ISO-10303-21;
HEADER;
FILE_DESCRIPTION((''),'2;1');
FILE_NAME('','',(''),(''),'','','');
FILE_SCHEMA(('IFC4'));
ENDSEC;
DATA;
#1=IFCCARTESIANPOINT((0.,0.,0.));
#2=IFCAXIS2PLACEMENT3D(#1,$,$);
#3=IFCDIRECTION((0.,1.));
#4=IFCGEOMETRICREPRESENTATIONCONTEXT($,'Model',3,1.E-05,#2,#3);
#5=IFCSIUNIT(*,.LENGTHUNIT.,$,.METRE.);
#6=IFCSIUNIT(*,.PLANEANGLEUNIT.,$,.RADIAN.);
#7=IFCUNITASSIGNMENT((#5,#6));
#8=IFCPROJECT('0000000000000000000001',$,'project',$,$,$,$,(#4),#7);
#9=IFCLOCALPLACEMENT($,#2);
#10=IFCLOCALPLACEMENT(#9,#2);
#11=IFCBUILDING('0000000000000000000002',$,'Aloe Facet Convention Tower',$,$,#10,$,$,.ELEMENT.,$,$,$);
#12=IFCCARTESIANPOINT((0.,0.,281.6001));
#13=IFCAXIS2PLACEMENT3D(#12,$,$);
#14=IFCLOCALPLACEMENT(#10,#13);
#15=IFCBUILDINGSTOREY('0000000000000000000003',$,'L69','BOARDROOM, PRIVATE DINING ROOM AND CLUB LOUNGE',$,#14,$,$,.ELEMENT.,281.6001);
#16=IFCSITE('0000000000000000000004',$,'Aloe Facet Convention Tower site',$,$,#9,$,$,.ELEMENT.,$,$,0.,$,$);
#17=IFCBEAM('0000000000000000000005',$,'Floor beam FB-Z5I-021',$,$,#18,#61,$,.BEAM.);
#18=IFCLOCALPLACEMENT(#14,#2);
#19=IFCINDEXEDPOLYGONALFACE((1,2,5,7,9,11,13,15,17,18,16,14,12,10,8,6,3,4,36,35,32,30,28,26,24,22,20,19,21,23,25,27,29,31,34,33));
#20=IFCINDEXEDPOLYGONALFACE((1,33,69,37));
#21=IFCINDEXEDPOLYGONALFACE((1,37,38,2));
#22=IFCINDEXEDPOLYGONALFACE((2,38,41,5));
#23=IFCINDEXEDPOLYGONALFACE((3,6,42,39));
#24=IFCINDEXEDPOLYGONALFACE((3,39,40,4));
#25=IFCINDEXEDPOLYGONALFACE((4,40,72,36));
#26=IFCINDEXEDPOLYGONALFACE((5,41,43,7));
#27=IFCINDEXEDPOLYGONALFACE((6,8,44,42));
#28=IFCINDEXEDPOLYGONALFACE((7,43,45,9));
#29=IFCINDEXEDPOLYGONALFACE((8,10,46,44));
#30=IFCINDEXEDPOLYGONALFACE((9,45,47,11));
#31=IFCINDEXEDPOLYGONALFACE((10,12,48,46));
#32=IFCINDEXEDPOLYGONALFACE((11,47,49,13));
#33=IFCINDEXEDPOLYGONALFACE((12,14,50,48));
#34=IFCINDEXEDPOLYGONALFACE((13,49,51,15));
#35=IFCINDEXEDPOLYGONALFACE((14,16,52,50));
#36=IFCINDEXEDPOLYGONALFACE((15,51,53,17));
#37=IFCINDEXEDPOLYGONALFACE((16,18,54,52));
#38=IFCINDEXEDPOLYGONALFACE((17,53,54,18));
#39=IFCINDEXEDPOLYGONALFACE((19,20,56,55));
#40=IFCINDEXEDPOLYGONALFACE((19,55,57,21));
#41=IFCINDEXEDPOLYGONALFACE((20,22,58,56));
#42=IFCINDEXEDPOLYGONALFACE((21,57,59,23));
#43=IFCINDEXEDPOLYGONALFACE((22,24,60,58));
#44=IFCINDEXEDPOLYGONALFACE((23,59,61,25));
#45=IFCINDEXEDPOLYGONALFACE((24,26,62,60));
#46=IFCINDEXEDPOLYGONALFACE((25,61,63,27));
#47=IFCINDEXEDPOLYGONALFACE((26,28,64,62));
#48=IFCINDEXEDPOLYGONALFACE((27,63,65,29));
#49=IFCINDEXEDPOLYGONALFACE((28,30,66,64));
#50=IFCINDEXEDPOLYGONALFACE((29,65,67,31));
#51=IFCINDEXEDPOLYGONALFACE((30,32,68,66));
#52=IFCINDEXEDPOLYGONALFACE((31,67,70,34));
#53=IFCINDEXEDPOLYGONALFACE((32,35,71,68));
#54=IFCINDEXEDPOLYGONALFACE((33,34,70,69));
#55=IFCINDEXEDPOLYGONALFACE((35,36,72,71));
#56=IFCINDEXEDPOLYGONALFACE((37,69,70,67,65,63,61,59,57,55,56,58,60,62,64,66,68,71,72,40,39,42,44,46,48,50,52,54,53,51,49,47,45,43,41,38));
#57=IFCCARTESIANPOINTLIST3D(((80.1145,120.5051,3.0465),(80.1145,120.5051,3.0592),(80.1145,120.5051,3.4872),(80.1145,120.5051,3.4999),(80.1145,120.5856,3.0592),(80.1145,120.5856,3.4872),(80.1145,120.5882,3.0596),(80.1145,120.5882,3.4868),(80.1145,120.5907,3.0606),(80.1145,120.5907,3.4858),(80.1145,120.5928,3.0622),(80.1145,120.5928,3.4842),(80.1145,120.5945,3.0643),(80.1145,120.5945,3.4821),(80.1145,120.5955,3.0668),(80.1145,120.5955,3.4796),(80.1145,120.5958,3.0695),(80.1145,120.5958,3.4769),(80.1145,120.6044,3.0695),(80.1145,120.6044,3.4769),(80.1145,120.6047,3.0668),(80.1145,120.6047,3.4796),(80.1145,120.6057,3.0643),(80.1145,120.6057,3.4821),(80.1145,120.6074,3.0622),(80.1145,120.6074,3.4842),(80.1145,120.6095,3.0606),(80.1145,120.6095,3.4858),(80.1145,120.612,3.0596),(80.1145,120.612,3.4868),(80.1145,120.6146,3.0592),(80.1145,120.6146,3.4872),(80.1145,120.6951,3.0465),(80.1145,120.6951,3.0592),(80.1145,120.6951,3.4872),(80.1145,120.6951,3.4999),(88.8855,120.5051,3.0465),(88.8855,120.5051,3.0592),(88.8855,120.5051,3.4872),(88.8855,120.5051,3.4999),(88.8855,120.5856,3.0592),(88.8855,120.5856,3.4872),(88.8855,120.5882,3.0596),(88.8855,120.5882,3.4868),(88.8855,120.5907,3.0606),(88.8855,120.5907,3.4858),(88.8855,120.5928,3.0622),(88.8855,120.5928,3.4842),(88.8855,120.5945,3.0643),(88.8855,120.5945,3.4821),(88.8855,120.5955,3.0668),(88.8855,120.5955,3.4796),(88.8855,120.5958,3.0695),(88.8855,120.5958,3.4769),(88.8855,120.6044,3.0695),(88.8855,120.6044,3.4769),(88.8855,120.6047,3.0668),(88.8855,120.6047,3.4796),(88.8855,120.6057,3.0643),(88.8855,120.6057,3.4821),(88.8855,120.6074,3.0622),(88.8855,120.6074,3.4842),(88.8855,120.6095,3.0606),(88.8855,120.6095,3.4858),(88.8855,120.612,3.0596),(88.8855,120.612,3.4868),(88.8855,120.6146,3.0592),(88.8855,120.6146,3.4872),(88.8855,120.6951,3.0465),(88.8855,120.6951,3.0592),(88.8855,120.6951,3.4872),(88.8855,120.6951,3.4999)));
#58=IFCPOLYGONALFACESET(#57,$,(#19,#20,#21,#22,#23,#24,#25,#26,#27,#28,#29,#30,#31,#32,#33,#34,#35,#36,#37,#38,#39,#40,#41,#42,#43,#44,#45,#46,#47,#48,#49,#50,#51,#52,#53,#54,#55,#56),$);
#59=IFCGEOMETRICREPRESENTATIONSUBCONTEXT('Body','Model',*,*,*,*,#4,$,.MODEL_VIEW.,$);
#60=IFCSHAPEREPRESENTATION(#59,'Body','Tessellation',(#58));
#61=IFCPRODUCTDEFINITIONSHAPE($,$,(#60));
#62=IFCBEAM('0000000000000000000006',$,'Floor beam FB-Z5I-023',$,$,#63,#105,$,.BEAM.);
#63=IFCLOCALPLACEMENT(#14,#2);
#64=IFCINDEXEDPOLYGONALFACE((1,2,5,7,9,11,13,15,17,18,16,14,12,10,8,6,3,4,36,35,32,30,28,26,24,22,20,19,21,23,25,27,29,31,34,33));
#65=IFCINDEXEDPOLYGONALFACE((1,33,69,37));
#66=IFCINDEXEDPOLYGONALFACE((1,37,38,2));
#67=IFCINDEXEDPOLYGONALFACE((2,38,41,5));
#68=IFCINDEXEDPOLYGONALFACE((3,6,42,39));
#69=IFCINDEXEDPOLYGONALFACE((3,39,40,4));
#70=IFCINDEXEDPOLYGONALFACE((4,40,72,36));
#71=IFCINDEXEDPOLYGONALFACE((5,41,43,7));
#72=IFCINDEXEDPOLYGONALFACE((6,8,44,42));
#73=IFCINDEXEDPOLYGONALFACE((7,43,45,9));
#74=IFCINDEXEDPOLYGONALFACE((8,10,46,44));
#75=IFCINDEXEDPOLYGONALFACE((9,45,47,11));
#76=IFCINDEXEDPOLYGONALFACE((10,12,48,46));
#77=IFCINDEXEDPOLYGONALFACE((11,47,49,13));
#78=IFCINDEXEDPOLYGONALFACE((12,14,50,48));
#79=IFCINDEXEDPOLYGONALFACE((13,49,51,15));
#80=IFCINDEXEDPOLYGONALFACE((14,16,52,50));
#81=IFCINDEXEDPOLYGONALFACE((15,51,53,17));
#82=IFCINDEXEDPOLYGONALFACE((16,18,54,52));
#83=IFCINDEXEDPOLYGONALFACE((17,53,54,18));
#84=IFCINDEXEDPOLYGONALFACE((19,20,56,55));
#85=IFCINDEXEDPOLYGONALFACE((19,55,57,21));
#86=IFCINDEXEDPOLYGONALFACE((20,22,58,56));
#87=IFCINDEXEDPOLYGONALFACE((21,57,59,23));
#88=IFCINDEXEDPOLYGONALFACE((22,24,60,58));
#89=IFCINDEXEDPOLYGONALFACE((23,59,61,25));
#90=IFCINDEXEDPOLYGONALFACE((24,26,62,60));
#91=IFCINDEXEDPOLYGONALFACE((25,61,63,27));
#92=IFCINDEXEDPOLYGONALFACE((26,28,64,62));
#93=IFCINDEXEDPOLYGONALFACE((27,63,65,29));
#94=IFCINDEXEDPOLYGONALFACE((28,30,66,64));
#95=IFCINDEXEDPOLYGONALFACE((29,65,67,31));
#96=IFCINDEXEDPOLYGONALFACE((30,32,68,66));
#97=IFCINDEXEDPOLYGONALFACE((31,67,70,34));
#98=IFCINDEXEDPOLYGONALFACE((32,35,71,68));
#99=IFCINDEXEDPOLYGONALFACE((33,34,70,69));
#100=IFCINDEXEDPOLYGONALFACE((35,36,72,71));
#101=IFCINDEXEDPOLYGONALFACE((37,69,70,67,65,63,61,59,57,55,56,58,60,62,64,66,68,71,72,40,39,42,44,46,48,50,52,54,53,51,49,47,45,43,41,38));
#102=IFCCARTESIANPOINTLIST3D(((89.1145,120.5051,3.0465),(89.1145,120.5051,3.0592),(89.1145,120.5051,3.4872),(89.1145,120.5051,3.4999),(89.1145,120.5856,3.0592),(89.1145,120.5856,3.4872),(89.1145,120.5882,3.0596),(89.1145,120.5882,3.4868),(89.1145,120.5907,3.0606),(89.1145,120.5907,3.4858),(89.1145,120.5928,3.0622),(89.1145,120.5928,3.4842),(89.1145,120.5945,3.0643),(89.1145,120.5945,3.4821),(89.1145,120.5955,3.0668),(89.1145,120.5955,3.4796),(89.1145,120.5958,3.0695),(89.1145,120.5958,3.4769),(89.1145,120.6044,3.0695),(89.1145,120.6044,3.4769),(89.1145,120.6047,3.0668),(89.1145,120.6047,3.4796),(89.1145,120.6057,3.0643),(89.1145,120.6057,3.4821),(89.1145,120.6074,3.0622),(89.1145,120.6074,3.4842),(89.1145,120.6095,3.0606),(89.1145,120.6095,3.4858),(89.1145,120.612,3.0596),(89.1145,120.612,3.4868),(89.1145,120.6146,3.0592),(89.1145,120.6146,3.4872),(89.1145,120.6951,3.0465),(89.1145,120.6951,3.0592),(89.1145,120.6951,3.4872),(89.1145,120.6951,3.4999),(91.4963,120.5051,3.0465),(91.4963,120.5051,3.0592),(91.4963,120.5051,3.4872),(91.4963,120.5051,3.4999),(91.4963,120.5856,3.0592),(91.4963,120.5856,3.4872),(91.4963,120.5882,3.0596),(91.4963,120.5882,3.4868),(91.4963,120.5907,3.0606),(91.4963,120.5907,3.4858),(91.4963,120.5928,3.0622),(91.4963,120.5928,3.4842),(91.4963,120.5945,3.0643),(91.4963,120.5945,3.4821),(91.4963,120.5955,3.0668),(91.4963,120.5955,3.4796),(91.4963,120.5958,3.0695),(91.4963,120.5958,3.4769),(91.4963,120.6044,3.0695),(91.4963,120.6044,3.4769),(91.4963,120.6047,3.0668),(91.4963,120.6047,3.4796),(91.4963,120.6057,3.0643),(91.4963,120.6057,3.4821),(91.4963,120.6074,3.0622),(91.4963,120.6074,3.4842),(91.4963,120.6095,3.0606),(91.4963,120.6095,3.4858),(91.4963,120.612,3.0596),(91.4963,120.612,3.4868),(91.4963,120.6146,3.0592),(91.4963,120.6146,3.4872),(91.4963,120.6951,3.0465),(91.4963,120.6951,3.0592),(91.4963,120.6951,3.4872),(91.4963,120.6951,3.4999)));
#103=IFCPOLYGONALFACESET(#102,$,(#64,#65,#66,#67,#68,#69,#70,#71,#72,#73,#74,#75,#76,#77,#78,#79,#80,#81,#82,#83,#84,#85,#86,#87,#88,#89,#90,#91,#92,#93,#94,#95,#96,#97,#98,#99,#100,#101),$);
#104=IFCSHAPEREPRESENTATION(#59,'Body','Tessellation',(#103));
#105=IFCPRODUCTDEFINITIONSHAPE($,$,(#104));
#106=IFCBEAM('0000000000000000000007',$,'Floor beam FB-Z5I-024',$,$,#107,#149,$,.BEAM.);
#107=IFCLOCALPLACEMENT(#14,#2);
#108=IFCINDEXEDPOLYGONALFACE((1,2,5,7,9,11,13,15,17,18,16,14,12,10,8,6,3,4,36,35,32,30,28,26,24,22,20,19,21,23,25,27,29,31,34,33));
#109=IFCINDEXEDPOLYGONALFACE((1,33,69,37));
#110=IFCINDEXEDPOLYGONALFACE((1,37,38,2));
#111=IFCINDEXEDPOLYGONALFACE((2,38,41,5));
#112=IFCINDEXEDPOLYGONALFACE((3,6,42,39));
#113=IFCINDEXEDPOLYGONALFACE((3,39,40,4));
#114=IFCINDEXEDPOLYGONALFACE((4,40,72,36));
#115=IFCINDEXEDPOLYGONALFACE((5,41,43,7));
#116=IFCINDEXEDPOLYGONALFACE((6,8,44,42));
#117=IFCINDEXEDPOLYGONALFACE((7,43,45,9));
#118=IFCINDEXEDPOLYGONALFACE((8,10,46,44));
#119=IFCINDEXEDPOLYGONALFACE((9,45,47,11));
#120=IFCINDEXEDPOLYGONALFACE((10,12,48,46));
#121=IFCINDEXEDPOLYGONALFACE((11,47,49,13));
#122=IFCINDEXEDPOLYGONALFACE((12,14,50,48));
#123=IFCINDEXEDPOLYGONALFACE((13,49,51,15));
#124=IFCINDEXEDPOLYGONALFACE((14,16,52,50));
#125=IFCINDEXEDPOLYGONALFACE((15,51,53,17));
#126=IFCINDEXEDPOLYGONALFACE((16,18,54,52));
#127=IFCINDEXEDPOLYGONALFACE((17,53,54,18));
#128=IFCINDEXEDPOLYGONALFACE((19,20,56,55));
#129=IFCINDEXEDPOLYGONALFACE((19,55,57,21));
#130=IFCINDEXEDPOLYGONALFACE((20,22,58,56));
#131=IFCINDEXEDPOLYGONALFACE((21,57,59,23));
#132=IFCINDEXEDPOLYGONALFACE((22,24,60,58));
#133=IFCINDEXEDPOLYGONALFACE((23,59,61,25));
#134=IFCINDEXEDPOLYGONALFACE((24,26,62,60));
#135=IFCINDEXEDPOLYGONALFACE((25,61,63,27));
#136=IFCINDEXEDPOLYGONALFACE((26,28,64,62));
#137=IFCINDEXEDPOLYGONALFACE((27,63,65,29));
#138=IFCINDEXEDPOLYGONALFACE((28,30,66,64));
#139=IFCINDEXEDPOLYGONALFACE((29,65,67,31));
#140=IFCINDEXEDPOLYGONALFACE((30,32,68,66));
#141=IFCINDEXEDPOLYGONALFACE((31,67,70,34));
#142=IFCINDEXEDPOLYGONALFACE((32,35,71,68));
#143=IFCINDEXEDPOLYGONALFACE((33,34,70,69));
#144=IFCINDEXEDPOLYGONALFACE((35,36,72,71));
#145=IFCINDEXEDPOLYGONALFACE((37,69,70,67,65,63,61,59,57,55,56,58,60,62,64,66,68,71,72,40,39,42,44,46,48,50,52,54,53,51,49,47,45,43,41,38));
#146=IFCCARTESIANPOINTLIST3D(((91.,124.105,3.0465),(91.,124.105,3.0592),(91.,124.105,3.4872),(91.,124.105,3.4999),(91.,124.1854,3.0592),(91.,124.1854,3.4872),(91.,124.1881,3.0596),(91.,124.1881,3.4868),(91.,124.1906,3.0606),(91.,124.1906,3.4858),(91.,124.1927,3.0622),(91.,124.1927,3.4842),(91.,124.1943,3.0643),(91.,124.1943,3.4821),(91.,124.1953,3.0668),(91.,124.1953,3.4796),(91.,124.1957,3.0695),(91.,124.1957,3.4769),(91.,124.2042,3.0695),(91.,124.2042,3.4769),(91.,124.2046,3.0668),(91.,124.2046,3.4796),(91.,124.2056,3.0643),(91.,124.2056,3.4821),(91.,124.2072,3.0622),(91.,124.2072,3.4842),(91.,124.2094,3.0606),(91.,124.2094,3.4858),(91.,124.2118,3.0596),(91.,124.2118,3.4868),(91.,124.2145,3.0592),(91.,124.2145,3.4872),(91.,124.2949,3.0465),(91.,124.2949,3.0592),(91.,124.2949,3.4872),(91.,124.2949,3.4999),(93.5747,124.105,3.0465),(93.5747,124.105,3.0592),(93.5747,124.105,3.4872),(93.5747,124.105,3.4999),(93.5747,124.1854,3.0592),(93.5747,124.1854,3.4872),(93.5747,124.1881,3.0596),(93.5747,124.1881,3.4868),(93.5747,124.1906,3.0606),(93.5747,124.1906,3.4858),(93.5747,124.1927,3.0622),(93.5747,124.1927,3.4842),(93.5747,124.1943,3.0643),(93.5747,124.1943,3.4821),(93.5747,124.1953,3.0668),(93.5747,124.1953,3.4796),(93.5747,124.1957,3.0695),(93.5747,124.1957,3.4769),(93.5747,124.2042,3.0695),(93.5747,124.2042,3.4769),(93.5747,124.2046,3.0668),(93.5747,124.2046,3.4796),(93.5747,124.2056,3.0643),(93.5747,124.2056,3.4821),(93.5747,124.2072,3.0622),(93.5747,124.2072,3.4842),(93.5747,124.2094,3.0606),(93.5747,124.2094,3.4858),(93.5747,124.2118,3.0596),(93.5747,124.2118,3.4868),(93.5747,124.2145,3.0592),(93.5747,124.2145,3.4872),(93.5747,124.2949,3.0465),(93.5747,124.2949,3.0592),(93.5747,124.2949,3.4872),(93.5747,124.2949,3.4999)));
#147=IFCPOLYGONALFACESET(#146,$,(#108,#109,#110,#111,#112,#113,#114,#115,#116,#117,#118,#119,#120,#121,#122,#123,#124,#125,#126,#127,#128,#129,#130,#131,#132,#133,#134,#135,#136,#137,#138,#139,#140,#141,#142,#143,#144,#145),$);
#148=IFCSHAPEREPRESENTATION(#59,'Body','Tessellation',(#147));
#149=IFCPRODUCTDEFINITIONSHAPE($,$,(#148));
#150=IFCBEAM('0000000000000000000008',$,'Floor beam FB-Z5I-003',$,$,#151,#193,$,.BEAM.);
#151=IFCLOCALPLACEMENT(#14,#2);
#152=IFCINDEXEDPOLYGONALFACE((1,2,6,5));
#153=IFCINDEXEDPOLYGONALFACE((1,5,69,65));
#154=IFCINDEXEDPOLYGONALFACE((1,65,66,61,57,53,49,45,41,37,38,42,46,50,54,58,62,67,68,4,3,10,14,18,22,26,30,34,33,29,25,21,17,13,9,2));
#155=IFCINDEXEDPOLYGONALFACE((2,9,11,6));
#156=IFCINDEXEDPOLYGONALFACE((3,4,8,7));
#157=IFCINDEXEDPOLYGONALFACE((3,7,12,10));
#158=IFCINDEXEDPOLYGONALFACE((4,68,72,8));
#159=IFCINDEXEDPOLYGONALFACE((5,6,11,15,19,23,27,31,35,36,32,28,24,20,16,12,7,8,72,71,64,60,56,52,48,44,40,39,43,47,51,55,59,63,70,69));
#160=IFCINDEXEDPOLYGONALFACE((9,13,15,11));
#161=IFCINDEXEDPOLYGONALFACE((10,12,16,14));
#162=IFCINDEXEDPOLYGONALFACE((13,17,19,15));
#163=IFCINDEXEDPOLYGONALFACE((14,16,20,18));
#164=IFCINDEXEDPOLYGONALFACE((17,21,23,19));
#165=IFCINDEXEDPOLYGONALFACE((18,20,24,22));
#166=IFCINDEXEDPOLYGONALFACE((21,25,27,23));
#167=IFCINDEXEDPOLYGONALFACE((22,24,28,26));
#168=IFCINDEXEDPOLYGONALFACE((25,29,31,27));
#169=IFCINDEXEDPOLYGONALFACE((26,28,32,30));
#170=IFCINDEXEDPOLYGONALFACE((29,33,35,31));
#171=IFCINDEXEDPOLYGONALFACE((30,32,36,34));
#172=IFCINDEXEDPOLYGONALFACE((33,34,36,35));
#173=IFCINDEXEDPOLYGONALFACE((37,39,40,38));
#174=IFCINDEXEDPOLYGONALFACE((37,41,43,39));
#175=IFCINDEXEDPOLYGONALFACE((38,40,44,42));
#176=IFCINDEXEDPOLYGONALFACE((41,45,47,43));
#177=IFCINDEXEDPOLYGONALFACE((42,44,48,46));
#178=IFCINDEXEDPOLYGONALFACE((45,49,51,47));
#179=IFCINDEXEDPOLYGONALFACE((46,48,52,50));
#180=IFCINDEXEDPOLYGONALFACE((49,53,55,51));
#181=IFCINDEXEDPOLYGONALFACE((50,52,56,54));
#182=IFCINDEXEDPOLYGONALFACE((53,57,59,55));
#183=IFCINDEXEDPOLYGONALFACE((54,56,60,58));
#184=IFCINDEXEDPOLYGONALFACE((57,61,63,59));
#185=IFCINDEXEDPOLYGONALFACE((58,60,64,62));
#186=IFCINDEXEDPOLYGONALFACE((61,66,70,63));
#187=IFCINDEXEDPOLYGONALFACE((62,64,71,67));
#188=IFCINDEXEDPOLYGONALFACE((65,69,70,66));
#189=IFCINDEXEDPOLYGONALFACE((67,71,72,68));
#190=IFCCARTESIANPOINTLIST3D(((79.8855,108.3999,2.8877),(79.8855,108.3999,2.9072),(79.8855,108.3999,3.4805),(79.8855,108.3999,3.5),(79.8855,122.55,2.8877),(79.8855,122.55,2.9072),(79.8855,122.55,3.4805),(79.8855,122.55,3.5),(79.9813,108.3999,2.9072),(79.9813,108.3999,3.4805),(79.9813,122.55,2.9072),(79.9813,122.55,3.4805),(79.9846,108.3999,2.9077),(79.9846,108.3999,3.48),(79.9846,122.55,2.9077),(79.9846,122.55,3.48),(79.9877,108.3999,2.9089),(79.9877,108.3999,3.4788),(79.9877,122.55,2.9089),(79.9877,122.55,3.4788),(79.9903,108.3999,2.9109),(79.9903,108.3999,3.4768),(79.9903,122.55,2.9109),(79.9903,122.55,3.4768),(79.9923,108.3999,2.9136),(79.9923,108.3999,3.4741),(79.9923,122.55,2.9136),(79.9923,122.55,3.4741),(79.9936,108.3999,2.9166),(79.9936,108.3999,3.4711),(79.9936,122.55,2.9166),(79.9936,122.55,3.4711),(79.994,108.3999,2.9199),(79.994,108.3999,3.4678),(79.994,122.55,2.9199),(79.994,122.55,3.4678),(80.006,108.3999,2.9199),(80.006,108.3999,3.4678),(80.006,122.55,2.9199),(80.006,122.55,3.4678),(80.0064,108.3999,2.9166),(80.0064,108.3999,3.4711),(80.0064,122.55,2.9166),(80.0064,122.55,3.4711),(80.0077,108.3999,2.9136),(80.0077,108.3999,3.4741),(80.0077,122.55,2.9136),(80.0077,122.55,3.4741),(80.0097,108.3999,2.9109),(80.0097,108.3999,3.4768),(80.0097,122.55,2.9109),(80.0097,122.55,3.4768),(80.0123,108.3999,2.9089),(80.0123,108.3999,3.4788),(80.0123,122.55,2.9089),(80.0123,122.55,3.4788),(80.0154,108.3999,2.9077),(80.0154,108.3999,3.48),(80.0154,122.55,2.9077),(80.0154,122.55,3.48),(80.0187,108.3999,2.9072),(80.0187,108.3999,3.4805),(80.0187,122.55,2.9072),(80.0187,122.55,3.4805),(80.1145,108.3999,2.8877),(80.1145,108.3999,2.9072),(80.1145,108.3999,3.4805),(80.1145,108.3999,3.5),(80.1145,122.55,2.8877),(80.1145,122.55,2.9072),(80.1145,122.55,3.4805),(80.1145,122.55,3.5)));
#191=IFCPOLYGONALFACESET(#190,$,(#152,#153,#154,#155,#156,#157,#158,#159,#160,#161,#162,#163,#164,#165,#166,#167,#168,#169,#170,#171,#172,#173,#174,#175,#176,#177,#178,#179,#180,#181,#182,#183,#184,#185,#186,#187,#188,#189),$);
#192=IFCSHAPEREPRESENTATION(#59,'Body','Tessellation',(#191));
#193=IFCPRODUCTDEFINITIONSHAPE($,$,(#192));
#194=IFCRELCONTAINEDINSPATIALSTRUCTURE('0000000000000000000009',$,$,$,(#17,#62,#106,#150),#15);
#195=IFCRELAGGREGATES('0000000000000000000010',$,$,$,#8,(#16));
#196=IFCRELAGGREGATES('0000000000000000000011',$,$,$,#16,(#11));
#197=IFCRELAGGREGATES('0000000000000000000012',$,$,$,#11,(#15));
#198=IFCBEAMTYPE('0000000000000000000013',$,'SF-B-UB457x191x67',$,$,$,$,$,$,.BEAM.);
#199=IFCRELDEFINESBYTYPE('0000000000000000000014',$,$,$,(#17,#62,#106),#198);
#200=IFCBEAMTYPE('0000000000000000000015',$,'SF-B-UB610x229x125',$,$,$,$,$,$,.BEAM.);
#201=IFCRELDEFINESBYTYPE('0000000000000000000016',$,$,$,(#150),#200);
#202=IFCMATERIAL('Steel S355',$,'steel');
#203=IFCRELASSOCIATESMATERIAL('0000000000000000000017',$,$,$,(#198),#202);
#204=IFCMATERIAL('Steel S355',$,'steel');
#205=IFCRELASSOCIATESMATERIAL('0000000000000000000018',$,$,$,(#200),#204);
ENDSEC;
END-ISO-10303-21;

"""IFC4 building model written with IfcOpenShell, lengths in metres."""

from ifc_helpers import new_model, si_unit, direction, frame, origin, origin_2d, place, context, subcontext, project, spatial, i_section, extrude, material, material_profile, profile_set, type_object, element, save


model = new_model("IFC4")

# Units and contexts
model_context = context("Model", 3, precision=1e-05, world=origin(), true_north=direction((0.0, 1.0)))
body_context = subcontext(model_context, "Body", "Model", "MODEL_VIEW")
ifc_project = project(units=[si_unit("LENGTHUNIT", "METRE"), si_unit("PLANEANGLEUNIT", "RADIAN")], contexts=[model_context])

# Site, building, storey
site_placement = place(None, origin())
site = spatial("IfcSite", under=ifc_project, at=site_placement, Name="Aloe Facet Convention Tower site", CompositionType="ELEMENT", RefElevation=0.0)
building_placement = place(site_placement, origin())
building = spatial("IfcBuilding", under=site, at=building_placement, Name="Aloe Facet Convention Tower", CompositionType="ELEMENT")
storey_placement = place(building_placement, frame((0.0, 0.0, 281.6001)))
storey = spatial("IfcBuildingStorey", under=building, at=storey_placement, Name="L69", Description="BOARDROOM, PRIVATE DINING ROOM AND CLUB LOUNGE", CompositionType="ELEMENT", Elevation=281.6001)

# Beams
ifc_material_1 = material(Name="Steel S355", Category="steel")
ifc_material_profile_1 = material_profile(ifc_material_1, i_section(OverallWidth=0.1899, OverallDepth=0.4534, WebThickness=0.0085, FlangeThickness=0.0127, FilletRadius=0.0103, at=origin_2d()), Name="UB 457x191x67")
ifc_profile_set_1 = profile_set([ifc_material_profile_1], Name="Steel S355")
beam_type_1 = type_object("IfcBeamType", Name="SF-B-UB457x191x67", PredefinedType="BEAM", material=ifc_profile_set_1)
beam_1_placement = place(storey_placement, frame((80.1145, 120.6001, 3.2732), z_axis=(1.0, 0.0, 0.0), x_axis=(0.0, 1.0, 0.0)))
element("IfcBeam", 1, at=beam_1_placement, inside=storey, type_object=beam_type_1, Name="Floor beam FB-Z5I-021", PredefinedType="BEAM", context=body_context, shape_type="SweptSolid", body=[
    extrude(i_section(OverallWidth=0.1899, OverallDepth=0.4534, WebThickness=0.0085, FlangeThickness=0.0127, FilletRadius=0.0103, at=origin_2d()), origin(), (0.0, 0.0, 1.0), 8.771),
])
beam_2_placement = place(storey_placement, frame((89.1145, 120.6001, 3.2732), z_axis=(1.0, 0.0, 0.0), x_axis=(0.0, 1.0, 0.0)))
element("IfcBeam", 2, at=beam_2_placement, inside=storey, type_object=beam_type_1, Name="Floor beam FB-Z5I-023", PredefinedType="BEAM", context=body_context, shape_type="SweptSolid", body=[
    extrude(i_section(OverallWidth=0.1899, OverallDepth=0.4534, WebThickness=0.0085, FlangeThickness=0.0127, FilletRadius=0.0103, at=origin_2d()), origin(), (0.0, 0.0, 1.0), 2.3818),
])
beam_3_placement = place(storey_placement, frame((91.0, 124.2, 3.2732), z_axis=(1.0, 0.0, 0.0), x_axis=(0.0, 1.0, 0.0)))
element("IfcBeam", 3, at=beam_3_placement, inside=storey, type_object=beam_type_1, Name="Floor beam FB-Z5I-024", PredefinedType="BEAM", context=body_context, shape_type="SweptSolid", body=[
    extrude(i_section(OverallWidth=0.1899, OverallDepth=0.4534, WebThickness=0.0085, FlangeThickness=0.0127, FilletRadius=0.0103, at=origin_2d()), origin(), (0.0, 0.0, 1.0), 2.5747),
])
ifc_material_2 = material(Name="Steel S355", Category="steel")
ifc_material_profile_2 = material_profile(ifc_material_2, i_section(OverallWidth=0.229, OverallDepth=0.6123, WebThickness=0.012, FlangeThickness=0.0195, FilletRadius=0.0127, at=origin_2d()), Name="UB 610x229x125")
ifc_profile_set_2 = profile_set([ifc_material_profile_2], Name="Steel S355")
beam_type_2 = type_object("IfcBeamType", Name="SF-B-UB610x229x125", PredefinedType="BEAM", material=ifc_profile_set_2)
beam_4_placement = place(storey_placement, frame((80.0, 122.55, 3.1938), z_axis=(0.0, -1.0, 0.0), x_axis=(1.0, 0.0, 0.0)))
element("IfcBeam", 4, at=beam_4_placement, inside=storey, type_object=beam_type_2, Name="Floor beam FB-Z5I-003", PredefinedType="BEAM", context=body_context, shape_type="SweptSolid", body=[
    extrude(i_section(OverallWidth=0.229, OverallDepth=0.6123, WebThickness=0.012, FlangeThickness=0.0195, FilletRadius=0.0127, at=origin_2d()), origin(), (0.0, 0.0, 1.0), 14.1501),
])

save(model, "model.ifc")
